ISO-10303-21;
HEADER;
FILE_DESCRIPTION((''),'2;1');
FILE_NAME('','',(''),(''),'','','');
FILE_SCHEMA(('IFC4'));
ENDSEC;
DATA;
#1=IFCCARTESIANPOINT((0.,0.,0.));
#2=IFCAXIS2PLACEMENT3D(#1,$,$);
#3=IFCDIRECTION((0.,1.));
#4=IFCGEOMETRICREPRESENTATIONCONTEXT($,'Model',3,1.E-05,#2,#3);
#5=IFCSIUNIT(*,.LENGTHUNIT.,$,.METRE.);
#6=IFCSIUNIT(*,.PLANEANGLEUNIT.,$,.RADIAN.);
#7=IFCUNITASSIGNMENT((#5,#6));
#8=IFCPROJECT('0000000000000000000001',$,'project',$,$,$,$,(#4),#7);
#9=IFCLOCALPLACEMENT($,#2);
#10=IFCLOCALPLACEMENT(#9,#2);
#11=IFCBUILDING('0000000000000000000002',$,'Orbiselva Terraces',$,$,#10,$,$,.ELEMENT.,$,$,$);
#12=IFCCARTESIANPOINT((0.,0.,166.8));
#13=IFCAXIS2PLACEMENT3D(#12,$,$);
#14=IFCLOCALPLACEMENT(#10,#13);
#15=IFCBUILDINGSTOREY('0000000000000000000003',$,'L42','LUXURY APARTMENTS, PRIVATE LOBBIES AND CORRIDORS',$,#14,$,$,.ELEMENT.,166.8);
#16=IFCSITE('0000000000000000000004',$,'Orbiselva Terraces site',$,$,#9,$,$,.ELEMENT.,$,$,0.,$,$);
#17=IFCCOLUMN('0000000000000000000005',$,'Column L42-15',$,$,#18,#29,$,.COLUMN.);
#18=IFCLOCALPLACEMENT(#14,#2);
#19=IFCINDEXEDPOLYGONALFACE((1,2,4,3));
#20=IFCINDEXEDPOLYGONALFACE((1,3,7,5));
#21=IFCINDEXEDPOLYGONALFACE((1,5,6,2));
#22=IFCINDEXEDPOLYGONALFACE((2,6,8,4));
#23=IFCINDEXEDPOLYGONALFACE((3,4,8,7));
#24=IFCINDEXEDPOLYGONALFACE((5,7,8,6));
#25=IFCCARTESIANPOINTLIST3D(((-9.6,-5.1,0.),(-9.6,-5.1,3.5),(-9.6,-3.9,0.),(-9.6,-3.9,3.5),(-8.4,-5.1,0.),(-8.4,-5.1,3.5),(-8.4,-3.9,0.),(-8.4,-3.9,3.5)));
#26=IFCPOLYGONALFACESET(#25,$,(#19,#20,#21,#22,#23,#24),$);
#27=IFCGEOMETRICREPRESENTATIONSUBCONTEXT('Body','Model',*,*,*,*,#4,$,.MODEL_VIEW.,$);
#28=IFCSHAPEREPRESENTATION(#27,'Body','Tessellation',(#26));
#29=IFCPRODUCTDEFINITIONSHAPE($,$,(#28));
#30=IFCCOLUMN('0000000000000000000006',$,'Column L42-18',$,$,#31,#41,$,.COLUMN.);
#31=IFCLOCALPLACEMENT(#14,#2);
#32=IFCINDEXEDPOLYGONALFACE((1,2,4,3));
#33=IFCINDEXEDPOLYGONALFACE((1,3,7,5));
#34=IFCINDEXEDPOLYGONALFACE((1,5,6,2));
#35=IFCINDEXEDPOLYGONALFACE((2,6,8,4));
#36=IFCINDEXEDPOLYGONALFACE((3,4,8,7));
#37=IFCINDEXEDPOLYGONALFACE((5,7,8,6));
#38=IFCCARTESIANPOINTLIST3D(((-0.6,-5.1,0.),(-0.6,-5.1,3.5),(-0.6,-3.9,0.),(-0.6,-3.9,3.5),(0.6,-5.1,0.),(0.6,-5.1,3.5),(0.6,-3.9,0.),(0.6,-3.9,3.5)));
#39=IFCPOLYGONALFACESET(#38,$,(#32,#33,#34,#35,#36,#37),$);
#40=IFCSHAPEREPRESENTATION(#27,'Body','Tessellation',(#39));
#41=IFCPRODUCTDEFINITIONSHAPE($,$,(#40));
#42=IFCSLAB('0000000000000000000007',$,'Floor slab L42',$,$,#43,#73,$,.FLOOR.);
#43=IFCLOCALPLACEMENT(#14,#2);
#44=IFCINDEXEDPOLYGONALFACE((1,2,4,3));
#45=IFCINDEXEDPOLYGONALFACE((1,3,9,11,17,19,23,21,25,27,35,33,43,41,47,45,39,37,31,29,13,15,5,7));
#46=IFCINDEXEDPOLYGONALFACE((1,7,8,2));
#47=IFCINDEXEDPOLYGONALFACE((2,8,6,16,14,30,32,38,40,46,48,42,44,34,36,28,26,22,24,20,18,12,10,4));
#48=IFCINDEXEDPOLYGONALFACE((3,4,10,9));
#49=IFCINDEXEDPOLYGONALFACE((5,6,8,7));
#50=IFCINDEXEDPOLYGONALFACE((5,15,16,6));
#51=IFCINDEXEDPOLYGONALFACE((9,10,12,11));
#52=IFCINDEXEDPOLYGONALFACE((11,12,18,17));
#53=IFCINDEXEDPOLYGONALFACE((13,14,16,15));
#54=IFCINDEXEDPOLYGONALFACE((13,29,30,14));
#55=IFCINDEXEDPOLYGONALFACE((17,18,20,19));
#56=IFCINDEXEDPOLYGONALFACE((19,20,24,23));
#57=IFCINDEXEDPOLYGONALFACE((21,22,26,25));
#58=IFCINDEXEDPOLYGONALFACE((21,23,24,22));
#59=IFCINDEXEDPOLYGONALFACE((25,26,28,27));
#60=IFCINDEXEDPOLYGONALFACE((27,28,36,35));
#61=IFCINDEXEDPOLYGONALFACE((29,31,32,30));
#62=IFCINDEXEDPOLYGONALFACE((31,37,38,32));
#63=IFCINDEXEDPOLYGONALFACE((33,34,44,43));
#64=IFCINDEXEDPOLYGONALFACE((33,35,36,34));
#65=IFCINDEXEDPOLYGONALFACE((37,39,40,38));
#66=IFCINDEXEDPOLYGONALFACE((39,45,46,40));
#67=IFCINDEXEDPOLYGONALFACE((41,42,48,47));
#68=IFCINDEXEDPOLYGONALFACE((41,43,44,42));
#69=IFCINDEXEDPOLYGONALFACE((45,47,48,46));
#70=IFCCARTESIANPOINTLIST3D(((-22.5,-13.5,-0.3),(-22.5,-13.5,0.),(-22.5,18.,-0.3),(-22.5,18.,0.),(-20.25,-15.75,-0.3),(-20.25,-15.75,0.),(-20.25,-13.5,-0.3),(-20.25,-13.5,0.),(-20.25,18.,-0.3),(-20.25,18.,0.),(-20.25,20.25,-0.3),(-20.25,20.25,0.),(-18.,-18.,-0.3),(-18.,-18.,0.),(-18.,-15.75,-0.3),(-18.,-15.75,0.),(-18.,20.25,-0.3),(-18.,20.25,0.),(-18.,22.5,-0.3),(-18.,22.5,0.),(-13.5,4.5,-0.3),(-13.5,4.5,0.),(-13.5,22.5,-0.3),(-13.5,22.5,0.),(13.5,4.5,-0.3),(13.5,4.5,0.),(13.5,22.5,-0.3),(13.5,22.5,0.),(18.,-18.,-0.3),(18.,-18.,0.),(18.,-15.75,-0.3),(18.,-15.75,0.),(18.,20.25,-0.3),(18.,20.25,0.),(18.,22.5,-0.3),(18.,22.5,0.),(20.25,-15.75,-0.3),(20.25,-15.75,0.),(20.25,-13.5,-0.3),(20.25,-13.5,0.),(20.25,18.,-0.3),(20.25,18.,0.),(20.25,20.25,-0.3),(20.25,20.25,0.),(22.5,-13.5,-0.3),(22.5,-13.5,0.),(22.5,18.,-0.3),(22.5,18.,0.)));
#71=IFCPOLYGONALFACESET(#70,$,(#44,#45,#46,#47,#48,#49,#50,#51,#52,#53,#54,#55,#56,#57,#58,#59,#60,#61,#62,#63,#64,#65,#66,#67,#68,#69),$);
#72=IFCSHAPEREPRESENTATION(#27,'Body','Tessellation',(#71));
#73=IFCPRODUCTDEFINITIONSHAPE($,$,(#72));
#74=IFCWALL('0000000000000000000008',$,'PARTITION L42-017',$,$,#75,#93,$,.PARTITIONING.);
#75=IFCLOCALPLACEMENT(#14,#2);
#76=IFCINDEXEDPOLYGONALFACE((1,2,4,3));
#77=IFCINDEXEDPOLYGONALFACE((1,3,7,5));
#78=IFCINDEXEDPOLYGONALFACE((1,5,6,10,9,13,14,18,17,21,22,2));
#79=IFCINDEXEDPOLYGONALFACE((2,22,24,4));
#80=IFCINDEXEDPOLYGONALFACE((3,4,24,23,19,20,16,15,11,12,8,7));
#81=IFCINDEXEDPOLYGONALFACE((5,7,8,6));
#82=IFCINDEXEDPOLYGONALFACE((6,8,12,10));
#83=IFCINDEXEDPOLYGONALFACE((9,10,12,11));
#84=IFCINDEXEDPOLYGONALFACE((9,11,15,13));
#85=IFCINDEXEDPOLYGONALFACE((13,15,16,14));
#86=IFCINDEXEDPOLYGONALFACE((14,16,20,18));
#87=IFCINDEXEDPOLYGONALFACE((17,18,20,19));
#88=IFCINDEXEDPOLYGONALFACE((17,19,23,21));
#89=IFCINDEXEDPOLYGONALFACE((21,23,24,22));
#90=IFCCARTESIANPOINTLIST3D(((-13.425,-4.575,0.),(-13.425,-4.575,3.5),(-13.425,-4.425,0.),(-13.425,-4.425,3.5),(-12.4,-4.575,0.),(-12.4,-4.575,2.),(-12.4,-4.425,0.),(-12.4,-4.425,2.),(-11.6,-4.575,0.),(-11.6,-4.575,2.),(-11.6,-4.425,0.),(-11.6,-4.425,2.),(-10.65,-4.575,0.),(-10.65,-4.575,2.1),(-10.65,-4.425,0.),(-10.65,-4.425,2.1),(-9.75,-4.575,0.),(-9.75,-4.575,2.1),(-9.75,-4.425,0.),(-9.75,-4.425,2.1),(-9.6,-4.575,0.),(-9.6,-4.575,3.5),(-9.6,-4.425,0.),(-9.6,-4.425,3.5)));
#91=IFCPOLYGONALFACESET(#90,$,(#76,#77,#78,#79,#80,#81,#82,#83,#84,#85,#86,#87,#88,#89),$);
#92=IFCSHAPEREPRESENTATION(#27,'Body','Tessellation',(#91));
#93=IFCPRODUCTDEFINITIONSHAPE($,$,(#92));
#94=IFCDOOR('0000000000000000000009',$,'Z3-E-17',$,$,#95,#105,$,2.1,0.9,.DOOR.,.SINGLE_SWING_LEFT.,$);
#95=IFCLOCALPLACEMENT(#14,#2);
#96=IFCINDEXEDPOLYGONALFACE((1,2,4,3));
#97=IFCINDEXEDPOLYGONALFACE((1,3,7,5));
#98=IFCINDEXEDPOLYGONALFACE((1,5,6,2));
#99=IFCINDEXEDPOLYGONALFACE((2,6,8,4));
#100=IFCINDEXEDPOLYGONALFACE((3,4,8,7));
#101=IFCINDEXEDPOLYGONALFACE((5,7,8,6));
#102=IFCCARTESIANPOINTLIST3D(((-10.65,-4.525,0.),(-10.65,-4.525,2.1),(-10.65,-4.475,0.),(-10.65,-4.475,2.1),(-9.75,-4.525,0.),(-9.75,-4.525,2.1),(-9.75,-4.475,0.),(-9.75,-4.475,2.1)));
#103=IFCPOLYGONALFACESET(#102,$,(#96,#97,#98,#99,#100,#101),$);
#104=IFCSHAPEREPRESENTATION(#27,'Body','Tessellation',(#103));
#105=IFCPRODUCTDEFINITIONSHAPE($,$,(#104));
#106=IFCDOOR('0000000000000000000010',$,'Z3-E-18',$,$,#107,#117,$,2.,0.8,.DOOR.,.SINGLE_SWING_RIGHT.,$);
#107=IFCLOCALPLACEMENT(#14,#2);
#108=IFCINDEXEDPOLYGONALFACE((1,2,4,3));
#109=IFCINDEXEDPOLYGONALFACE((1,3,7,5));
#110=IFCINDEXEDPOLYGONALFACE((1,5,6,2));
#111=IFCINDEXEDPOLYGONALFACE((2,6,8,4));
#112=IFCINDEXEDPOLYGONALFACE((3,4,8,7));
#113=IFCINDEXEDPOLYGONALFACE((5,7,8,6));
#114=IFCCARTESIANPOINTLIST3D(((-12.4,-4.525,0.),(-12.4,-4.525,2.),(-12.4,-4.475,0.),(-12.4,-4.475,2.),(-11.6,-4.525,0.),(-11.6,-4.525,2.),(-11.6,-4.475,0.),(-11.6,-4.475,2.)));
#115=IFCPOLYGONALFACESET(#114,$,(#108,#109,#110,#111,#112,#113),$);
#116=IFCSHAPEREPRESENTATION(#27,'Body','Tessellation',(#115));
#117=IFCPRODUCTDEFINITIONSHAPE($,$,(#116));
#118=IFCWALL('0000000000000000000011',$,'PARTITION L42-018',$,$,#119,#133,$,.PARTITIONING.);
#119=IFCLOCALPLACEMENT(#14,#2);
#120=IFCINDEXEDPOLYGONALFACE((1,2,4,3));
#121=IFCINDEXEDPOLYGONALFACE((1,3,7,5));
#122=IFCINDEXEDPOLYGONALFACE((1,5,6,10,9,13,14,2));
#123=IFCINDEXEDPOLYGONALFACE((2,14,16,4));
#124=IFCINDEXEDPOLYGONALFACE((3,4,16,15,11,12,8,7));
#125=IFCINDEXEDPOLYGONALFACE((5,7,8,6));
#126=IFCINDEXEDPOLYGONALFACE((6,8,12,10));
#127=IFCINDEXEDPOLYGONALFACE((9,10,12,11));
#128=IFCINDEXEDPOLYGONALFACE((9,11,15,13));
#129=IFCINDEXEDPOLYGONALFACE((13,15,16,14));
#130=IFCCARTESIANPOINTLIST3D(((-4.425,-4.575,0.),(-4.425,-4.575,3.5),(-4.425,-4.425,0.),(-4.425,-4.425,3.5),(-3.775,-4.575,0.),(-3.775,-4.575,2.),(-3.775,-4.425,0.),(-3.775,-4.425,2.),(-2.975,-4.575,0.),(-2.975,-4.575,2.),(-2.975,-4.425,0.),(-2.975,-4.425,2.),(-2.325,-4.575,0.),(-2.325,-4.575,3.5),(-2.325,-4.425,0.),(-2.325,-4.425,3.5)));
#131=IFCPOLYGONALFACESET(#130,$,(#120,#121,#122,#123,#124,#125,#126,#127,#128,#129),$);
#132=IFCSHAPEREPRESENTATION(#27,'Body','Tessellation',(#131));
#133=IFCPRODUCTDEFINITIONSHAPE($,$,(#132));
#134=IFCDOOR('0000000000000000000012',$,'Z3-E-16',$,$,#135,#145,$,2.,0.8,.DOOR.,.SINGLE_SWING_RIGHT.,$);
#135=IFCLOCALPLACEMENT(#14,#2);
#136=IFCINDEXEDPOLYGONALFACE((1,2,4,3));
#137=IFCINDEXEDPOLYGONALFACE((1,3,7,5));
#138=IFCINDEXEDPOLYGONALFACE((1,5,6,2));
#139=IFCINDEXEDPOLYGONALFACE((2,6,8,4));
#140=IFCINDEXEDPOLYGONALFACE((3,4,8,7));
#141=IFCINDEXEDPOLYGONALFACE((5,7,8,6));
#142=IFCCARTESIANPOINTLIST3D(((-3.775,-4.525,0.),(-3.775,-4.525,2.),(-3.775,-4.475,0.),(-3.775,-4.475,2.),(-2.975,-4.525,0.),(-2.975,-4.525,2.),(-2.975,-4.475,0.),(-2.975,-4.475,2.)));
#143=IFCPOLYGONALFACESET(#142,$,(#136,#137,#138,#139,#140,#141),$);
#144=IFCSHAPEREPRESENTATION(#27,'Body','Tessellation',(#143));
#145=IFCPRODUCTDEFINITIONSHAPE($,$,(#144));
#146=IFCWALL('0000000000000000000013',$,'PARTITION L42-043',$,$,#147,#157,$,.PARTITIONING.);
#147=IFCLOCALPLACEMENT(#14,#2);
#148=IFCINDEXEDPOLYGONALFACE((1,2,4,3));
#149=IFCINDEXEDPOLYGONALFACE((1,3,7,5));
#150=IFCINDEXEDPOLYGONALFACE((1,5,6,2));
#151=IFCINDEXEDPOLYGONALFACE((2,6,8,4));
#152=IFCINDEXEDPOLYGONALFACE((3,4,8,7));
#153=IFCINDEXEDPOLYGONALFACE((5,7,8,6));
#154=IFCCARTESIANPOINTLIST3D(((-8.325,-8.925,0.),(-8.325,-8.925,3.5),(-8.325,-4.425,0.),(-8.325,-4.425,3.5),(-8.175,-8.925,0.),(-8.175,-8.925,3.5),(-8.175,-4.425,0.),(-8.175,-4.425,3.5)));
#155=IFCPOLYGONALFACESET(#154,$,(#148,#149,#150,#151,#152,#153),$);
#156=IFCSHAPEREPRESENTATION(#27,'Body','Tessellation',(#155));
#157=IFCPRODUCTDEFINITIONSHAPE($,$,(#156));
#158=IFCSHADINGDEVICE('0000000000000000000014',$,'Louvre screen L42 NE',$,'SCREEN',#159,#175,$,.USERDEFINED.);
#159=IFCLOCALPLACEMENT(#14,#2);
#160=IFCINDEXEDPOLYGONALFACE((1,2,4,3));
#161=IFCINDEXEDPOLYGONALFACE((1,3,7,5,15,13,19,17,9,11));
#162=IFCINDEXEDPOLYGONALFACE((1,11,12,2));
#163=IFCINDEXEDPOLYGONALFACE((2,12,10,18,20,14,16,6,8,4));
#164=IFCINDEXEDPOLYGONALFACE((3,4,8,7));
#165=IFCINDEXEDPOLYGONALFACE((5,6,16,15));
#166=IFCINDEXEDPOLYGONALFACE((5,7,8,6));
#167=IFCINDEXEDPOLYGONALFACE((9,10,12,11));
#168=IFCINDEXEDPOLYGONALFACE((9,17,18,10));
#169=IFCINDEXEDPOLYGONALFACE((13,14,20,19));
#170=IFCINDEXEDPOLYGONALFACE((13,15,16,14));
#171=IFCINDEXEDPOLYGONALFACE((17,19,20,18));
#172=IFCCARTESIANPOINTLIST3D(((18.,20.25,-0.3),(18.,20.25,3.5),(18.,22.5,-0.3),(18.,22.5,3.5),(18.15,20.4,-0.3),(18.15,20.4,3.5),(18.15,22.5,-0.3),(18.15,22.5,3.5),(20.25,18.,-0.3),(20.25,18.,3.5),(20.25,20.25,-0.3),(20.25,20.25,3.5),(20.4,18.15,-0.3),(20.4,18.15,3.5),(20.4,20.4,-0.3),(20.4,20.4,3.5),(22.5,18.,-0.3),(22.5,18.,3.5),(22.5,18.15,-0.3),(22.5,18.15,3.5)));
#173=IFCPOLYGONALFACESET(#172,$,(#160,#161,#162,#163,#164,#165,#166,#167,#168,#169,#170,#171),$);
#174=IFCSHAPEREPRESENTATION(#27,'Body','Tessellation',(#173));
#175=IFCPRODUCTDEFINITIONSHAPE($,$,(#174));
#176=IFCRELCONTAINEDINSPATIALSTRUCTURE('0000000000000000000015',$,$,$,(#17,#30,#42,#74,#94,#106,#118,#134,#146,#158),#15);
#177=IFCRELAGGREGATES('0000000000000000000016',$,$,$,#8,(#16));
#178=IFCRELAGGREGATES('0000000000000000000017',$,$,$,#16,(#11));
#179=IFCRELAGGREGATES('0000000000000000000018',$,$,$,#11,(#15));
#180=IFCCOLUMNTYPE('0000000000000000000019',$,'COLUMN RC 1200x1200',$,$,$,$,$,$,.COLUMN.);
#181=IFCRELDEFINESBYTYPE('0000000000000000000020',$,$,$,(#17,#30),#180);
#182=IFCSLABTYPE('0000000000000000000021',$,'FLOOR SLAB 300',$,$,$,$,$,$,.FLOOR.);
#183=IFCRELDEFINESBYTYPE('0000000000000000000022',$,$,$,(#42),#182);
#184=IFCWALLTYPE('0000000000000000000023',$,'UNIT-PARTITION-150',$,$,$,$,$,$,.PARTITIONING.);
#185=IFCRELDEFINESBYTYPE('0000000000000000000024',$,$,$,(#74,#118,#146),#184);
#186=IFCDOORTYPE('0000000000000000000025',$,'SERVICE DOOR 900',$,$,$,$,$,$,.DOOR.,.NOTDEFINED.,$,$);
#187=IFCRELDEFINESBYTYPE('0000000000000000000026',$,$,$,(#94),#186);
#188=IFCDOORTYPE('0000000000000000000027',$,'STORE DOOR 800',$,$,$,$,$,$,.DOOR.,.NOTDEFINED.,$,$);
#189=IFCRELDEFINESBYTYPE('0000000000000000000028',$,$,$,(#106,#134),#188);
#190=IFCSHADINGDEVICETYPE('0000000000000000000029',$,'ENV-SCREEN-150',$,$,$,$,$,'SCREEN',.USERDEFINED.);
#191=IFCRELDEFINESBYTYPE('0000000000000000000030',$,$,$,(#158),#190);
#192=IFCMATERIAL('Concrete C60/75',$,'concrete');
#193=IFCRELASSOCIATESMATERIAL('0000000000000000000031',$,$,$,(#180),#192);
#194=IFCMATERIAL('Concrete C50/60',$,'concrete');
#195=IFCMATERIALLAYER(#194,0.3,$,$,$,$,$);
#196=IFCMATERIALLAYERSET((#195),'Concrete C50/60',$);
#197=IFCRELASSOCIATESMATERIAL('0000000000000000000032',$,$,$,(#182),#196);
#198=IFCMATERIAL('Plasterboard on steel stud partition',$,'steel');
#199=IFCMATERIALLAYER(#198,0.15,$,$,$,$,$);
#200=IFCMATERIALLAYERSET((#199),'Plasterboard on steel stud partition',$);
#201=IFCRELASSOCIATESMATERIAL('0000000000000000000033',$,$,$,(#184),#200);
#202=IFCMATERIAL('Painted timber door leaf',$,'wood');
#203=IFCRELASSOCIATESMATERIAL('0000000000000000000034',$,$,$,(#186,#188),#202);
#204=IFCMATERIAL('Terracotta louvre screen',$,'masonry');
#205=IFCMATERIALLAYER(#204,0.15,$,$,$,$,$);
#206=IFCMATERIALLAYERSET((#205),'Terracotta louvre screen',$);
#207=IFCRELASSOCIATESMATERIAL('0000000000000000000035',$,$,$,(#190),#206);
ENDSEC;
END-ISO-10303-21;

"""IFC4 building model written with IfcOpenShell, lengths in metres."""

from ifc_helpers import new_model, si_unit, direction, frame, frame_2d, origin, origin_2d, place, context, subcontext, project, spatial, polyline, rectangle, outline, extrude, material, layer, layer_set, material_profile, profile_set, type_object, element, fill, save


model = new_model("IFC4")

# Units and contexts
model_context = context("Model", 3, precision=1e-05, world=origin(), true_north=direction((0.0, 1.0)))
body_context = subcontext(model_context, "Body", "Model", "MODEL_VIEW")
ifc_project = project(units=[si_unit("LENGTHUNIT", "METRE"), si_unit("PLANEANGLEUNIT", "RADIAN")], contexts=[model_context])

# Site, building, storey
site_placement = place(None, origin())
site = spatial("IfcSite", under=ifc_project, at=site_placement, Name="Orbiselva Terraces site", CompositionType="ELEMENT", RefElevation=0.0)
building_placement = place(site_placement, origin())
building = spatial("IfcBuilding", under=site, at=building_placement, Name="Orbiselva Terraces", CompositionType="ELEMENT")
storey_placement = place(building_placement, frame((0.0, 0.0, 166.8)))
storey = spatial("IfcBuildingStorey", under=building, at=storey_placement, Name="L42", Description="LUXURY APARTMENTS, PRIVATE LOBBIES AND CORRIDORS", CompositionType="ELEMENT", Elevation=166.8)

# Columns
ifc_material_1 = material(Name="Concrete C60/75", Category="concrete")
ifc_material_profile = material_profile(ifc_material_1, rectangle(XDim=1.2, YDim=1.2, at=origin_2d()), Name="RC 1200x1200")
ifc_profile_set = profile_set([ifc_material_profile], Name="Concrete C60/75")
column_type = type_object("IfcColumnType", Name="COLUMN RC 1200x1200", PredefinedType="COLUMN", material=ifc_profile_set)
for number, where, z_axis, x_axis, name in (
    (1, (-9.0, -4.5, 0.0), (0.0, 0.0, 1.0), (1.0, 0.0, 0.0), "Column L42-15"),
    (2, (0.0, -4.5, 0.0), (0.0, 0.0, 1.0), (1.0, 0.0, 0.0), "Column L42-18"),
):
    element("IfcColumn", number, at=place(storey_placement, frame(where, z_axis=z_axis, x_axis=x_axis)), inside=storey, type_object=column_type, Name=name, PredefinedType="COLUMN", context=body_context, shape_type="SweptSolid", body=[
        extrude(rectangle(XDim=1.2, YDim=1.2, at=origin_2d()), origin(), (0.0, 0.0, 1.0), 3.5),
    ])

# Slab
ifc_material_2 = material(Name="Concrete C50/60", Category="concrete")
ifc_layer_1 = layer(ifc_material_2, 0.3)
ifc_layer_set_1 = layer_set([ifc_layer_1], Name="Concrete C50/60")
slab_type = type_object("IfcSlabType", Name="FLOOR SLAB 300", PredefinedType="FLOOR", material=ifc_layer_set_1)
slab_placement = place(storey_placement, frame((0.0, 0.0, -0.3)))
element("IfcSlab", 3, at=slab_placement, inside=storey, type_object=slab_type, Name="Floor slab L42", PredefinedType="FLOOR", context=body_context, shape_type="SweptSolid", body=[
    extrude(outline(polyline([(18.0, 22.5), (18.0, 20.25), (20.25, 20.25), (20.25, 18.0), (22.5, 18.0), (22.5, -13.5), (20.25, -13.5), (20.25, -15.75), (18.0, -15.75), (18.0, -18.0), (-18.0, -18.0), (-18.0, -15.75), (-20.25, -15.75), (-20.25, -13.5), (-22.5, -13.5), (-22.5, 18.0), (-20.25, 18.0), (-20.25, 20.25), (-18.0, 20.25), (-18.0, 22.5), (-13.5, 22.5), (-13.5, 4.5), (13.5, 4.5), (13.5, 22.5), (18.0, 22.5)])), origin(), (0.0, 0.0, 1.0), 0.3),
])

# Wall, openings, doors
ifc_material_3 = material(Name="Plasterboard on steel stud partition", Category="steel")
ifc_layer_2 = layer(ifc_material_3, 0.15)
ifc_layer_set_2 = layer_set([ifc_layer_2], Name="Plasterboard on steel stud partition")
wall_type = type_object("IfcWallType", Name="UNIT-PARTITION-150", PredefinedType="PARTITIONING", material=ifc_layer_set_2)
wall_1_placement = place(storey_placement, frame((-9.6, -4.5, 0.0), z_axis=(0.0, 0.0, 1.0), x_axis=(-1.0, 0.0, 0.0)))
wall_1 = element("IfcWall", 4, at=wall_1_placement, inside=storey, type_object=wall_type, Name="PARTITION L42-017", PredefinedType="PARTITIONING", context=body_context, shape_type="SweptSolid", body=[
    extrude(rectangle(XDim=3.825, YDim=0.15, at=frame_2d((1.9125, 0.0))), origin(), (0.0, 0.0, 1.0), 3.5),
])
opening_1_placement = place(wall_1_placement, frame((0.15, 0.0, 0.0)))
opening_1 = element("IfcOpeningElement", 5, at=opening_1_placement, cuts=wall_1, PredefinedType="OPENING", context=body_context, shape_type="SweptSolid", body=[
    extrude(rectangle(XDim=0.9, YDim=2.1, at=frame_2d((0.45, 1.05))), frame((0.0, 0.085, 0.0), z_axis=(0.0, -1.0, 0.0), x_axis=(1.0, 0.0, 0.0)), (0.0, 0.0, 1.0), 0.17),
])
opening_2_placement = place(wall_1_placement, frame((2.0, 0.0, 0.0)))
opening_2 = element("IfcOpeningElement", 6, at=opening_2_placement, cuts=wall_1, PredefinedType="OPENING", context=body_context, shape_type="SweptSolid", body=[
    extrude(rectangle(XDim=0.8, YDim=2.0, at=frame_2d((0.4, 1.0))), frame((0.0, 0.085, 0.0), z_axis=(0.0, -1.0, 0.0), x_axis=(1.0, 0.0, 0.0)), (0.0, 0.0, 1.0), 0.17),
])
ifc_material_4 = material(Name="Painted timber door leaf", Category="wood")
door_type_1 = type_object("IfcDoorType", Name="SERVICE DOOR 900", OperationType="NOTDEFINED", PredefinedType="DOOR", material=ifc_material_4)
door_1_placement = place(opening_1_placement, origin())
door_1 = element("IfcDoor", 7, at=door_1_placement, inside=storey, type_object=door_type_1, Name="Z3-E-17", OperationType="SINGLE_SWING_LEFT", OverallHeight=2.1, OverallWidth=0.9, PredefinedType="DOOR", context=body_context, shape_type="SweptSolid", body=[
    extrude(rectangle(XDim=0.9, YDim=2.1, at=frame_2d((0.45, 1.05))), frame((0.0, 0.025, 0.0), z_axis=(0.0, -1.0, 0.0), x_axis=(1.0, 0.0, 0.0)), (0.0, 0.0, 1.0), 0.05),
])
fill(opening_1, door_1)
door_type_2 = type_object("IfcDoorType", Name="STORE DOOR 800", OperationType="NOTDEFINED", PredefinedType="DOOR", material=ifc_material_4)
door_2_placement = place(opening_2_placement, origin())
door_2 = element("IfcDoor", 8, at=door_2_placement, inside=storey, type_object=door_type_2, Name="Z3-E-18", OperationType="SINGLE_SWING_RIGHT", OverallHeight=2.0, OverallWidth=0.8, PredefinedType="DOOR", context=body_context, shape_type="SweptSolid", body=[
    extrude(rectangle(XDim=0.8, YDim=2.0, at=frame_2d((0.4, 1.0))), frame((0.0, 0.025, 0.0), z_axis=(0.0, -1.0, 0.0), x_axis=(1.0, 0.0, 0.0)), (0.0, 0.0, 1.0), 0.05),
])
fill(opening_2, door_2)

# Wall, opening, door
wall_2_placement = place(storey_placement, frame((-2.325, -4.5, 0.0), z_axis=(0.0, 0.0, 1.0), x_axis=(-1.0, 0.0, 0.0)))
wall_2 = element("IfcWall", 9, at=wall_2_placement, inside=storey, type_object=wall_type, Name="PARTITION L42-018", PredefinedType="PARTITIONING", context=body_context, shape_type="SweptSolid", body=[
    extrude(rectangle(XDim=2.1, YDim=0.15, at=frame_2d((1.05, 0.0))), origin(), (0.0, 0.0, 1.0), 3.5),
])
opening_3_placement = place(wall_2_placement, frame((0.65, 0.0, 0.0)))
opening_3 = element("IfcOpeningElement", 10, at=opening_3_placement, cuts=wall_2, PredefinedType="OPENING", context=body_context, shape_type="SweptSolid", body=[
    extrude(rectangle(XDim=0.8, YDim=2.0, at=frame_2d((0.4, 1.0))), frame((0.0, 0.085, 0.0), z_axis=(0.0, -1.0, 0.0), x_axis=(1.0, 0.0, 0.0)), (0.0, 0.0, 1.0), 0.17),
])
door_3_placement = place(opening_3_placement, origin())
door_3 = element("IfcDoor", 11, at=door_3_placement, inside=storey, type_object=door_type_2, Name="Z3-E-16", OperationType="SINGLE_SWING_RIGHT", OverallHeight=2.0, OverallWidth=0.8, PredefinedType="DOOR", context=body_context, shape_type="SweptSolid", body=[
    extrude(rectangle(XDim=0.8, YDim=2.0, at=frame_2d((0.4, 1.0))), frame((0.0, 0.025, 0.0), z_axis=(0.0, -1.0, 0.0), x_axis=(1.0, 0.0, 0.0)), (0.0, 0.0, 1.0), 0.05),
])
fill(opening_3, door_3)

# Wall
wall_3_placement = place(storey_placement, frame((-8.25, -8.925, 0.0), z_axis=(0.0, 0.0, 1.0), x_axis=(0.0, 1.0, 0.0)))
element("IfcWall", 12, at=wall_3_placement, inside=storey, type_object=wall_type, Name="PARTITION L42-043", PredefinedType="PARTITIONING", context=body_context, shape_type="SweptSolid", body=[
    extrude(rectangle(XDim=4.5, YDim=0.15, at=frame_2d((2.25, 0.0))), origin(), (0.0, 0.0, 1.0), 3.5),
])

# Shading device
ifc_material_5 = material(Name="Terracotta louvre screen", Category="masonry")
ifc_layer_3 = layer(ifc_material_5, 0.15)
ifc_layer_set_3 = layer_set([ifc_layer_3], Name="Terracotta louvre screen")
shading_device_type_1 = type_object("IfcShadingDeviceType", Name="ENV-SCREEN-150", ElementType="SCREEN", PredefinedType="USERDEFINED", material=ifc_layer_set_3)
shading_device_1_placement = place(storey_placement, frame((0.0, 0.0, -0.3)))
element("IfcShadingDevice", 13, at=shading_device_1_placement, inside=storey, type_object=shading_device_type_1, Name="Louvre screen L42 NE", ObjectType="SCREEN", PredefinedType="USERDEFINED", context=body_context, shape_type="SweptSolid", body=[
    extrude(outline(polyline([(22.5, 18.15), (20.4, 18.15), (20.4, 20.4), (18.15, 20.4), (18.15, 22.5), (18.0, 22.5), (18.0, 20.25), (20.25, 20.25), (20.25, 18.0), (22.5, 18.0), (22.5, 18.15)])), origin(), (0.0, 0.0, 1.0), 3.8),
])

save(model, "model.ifc")
